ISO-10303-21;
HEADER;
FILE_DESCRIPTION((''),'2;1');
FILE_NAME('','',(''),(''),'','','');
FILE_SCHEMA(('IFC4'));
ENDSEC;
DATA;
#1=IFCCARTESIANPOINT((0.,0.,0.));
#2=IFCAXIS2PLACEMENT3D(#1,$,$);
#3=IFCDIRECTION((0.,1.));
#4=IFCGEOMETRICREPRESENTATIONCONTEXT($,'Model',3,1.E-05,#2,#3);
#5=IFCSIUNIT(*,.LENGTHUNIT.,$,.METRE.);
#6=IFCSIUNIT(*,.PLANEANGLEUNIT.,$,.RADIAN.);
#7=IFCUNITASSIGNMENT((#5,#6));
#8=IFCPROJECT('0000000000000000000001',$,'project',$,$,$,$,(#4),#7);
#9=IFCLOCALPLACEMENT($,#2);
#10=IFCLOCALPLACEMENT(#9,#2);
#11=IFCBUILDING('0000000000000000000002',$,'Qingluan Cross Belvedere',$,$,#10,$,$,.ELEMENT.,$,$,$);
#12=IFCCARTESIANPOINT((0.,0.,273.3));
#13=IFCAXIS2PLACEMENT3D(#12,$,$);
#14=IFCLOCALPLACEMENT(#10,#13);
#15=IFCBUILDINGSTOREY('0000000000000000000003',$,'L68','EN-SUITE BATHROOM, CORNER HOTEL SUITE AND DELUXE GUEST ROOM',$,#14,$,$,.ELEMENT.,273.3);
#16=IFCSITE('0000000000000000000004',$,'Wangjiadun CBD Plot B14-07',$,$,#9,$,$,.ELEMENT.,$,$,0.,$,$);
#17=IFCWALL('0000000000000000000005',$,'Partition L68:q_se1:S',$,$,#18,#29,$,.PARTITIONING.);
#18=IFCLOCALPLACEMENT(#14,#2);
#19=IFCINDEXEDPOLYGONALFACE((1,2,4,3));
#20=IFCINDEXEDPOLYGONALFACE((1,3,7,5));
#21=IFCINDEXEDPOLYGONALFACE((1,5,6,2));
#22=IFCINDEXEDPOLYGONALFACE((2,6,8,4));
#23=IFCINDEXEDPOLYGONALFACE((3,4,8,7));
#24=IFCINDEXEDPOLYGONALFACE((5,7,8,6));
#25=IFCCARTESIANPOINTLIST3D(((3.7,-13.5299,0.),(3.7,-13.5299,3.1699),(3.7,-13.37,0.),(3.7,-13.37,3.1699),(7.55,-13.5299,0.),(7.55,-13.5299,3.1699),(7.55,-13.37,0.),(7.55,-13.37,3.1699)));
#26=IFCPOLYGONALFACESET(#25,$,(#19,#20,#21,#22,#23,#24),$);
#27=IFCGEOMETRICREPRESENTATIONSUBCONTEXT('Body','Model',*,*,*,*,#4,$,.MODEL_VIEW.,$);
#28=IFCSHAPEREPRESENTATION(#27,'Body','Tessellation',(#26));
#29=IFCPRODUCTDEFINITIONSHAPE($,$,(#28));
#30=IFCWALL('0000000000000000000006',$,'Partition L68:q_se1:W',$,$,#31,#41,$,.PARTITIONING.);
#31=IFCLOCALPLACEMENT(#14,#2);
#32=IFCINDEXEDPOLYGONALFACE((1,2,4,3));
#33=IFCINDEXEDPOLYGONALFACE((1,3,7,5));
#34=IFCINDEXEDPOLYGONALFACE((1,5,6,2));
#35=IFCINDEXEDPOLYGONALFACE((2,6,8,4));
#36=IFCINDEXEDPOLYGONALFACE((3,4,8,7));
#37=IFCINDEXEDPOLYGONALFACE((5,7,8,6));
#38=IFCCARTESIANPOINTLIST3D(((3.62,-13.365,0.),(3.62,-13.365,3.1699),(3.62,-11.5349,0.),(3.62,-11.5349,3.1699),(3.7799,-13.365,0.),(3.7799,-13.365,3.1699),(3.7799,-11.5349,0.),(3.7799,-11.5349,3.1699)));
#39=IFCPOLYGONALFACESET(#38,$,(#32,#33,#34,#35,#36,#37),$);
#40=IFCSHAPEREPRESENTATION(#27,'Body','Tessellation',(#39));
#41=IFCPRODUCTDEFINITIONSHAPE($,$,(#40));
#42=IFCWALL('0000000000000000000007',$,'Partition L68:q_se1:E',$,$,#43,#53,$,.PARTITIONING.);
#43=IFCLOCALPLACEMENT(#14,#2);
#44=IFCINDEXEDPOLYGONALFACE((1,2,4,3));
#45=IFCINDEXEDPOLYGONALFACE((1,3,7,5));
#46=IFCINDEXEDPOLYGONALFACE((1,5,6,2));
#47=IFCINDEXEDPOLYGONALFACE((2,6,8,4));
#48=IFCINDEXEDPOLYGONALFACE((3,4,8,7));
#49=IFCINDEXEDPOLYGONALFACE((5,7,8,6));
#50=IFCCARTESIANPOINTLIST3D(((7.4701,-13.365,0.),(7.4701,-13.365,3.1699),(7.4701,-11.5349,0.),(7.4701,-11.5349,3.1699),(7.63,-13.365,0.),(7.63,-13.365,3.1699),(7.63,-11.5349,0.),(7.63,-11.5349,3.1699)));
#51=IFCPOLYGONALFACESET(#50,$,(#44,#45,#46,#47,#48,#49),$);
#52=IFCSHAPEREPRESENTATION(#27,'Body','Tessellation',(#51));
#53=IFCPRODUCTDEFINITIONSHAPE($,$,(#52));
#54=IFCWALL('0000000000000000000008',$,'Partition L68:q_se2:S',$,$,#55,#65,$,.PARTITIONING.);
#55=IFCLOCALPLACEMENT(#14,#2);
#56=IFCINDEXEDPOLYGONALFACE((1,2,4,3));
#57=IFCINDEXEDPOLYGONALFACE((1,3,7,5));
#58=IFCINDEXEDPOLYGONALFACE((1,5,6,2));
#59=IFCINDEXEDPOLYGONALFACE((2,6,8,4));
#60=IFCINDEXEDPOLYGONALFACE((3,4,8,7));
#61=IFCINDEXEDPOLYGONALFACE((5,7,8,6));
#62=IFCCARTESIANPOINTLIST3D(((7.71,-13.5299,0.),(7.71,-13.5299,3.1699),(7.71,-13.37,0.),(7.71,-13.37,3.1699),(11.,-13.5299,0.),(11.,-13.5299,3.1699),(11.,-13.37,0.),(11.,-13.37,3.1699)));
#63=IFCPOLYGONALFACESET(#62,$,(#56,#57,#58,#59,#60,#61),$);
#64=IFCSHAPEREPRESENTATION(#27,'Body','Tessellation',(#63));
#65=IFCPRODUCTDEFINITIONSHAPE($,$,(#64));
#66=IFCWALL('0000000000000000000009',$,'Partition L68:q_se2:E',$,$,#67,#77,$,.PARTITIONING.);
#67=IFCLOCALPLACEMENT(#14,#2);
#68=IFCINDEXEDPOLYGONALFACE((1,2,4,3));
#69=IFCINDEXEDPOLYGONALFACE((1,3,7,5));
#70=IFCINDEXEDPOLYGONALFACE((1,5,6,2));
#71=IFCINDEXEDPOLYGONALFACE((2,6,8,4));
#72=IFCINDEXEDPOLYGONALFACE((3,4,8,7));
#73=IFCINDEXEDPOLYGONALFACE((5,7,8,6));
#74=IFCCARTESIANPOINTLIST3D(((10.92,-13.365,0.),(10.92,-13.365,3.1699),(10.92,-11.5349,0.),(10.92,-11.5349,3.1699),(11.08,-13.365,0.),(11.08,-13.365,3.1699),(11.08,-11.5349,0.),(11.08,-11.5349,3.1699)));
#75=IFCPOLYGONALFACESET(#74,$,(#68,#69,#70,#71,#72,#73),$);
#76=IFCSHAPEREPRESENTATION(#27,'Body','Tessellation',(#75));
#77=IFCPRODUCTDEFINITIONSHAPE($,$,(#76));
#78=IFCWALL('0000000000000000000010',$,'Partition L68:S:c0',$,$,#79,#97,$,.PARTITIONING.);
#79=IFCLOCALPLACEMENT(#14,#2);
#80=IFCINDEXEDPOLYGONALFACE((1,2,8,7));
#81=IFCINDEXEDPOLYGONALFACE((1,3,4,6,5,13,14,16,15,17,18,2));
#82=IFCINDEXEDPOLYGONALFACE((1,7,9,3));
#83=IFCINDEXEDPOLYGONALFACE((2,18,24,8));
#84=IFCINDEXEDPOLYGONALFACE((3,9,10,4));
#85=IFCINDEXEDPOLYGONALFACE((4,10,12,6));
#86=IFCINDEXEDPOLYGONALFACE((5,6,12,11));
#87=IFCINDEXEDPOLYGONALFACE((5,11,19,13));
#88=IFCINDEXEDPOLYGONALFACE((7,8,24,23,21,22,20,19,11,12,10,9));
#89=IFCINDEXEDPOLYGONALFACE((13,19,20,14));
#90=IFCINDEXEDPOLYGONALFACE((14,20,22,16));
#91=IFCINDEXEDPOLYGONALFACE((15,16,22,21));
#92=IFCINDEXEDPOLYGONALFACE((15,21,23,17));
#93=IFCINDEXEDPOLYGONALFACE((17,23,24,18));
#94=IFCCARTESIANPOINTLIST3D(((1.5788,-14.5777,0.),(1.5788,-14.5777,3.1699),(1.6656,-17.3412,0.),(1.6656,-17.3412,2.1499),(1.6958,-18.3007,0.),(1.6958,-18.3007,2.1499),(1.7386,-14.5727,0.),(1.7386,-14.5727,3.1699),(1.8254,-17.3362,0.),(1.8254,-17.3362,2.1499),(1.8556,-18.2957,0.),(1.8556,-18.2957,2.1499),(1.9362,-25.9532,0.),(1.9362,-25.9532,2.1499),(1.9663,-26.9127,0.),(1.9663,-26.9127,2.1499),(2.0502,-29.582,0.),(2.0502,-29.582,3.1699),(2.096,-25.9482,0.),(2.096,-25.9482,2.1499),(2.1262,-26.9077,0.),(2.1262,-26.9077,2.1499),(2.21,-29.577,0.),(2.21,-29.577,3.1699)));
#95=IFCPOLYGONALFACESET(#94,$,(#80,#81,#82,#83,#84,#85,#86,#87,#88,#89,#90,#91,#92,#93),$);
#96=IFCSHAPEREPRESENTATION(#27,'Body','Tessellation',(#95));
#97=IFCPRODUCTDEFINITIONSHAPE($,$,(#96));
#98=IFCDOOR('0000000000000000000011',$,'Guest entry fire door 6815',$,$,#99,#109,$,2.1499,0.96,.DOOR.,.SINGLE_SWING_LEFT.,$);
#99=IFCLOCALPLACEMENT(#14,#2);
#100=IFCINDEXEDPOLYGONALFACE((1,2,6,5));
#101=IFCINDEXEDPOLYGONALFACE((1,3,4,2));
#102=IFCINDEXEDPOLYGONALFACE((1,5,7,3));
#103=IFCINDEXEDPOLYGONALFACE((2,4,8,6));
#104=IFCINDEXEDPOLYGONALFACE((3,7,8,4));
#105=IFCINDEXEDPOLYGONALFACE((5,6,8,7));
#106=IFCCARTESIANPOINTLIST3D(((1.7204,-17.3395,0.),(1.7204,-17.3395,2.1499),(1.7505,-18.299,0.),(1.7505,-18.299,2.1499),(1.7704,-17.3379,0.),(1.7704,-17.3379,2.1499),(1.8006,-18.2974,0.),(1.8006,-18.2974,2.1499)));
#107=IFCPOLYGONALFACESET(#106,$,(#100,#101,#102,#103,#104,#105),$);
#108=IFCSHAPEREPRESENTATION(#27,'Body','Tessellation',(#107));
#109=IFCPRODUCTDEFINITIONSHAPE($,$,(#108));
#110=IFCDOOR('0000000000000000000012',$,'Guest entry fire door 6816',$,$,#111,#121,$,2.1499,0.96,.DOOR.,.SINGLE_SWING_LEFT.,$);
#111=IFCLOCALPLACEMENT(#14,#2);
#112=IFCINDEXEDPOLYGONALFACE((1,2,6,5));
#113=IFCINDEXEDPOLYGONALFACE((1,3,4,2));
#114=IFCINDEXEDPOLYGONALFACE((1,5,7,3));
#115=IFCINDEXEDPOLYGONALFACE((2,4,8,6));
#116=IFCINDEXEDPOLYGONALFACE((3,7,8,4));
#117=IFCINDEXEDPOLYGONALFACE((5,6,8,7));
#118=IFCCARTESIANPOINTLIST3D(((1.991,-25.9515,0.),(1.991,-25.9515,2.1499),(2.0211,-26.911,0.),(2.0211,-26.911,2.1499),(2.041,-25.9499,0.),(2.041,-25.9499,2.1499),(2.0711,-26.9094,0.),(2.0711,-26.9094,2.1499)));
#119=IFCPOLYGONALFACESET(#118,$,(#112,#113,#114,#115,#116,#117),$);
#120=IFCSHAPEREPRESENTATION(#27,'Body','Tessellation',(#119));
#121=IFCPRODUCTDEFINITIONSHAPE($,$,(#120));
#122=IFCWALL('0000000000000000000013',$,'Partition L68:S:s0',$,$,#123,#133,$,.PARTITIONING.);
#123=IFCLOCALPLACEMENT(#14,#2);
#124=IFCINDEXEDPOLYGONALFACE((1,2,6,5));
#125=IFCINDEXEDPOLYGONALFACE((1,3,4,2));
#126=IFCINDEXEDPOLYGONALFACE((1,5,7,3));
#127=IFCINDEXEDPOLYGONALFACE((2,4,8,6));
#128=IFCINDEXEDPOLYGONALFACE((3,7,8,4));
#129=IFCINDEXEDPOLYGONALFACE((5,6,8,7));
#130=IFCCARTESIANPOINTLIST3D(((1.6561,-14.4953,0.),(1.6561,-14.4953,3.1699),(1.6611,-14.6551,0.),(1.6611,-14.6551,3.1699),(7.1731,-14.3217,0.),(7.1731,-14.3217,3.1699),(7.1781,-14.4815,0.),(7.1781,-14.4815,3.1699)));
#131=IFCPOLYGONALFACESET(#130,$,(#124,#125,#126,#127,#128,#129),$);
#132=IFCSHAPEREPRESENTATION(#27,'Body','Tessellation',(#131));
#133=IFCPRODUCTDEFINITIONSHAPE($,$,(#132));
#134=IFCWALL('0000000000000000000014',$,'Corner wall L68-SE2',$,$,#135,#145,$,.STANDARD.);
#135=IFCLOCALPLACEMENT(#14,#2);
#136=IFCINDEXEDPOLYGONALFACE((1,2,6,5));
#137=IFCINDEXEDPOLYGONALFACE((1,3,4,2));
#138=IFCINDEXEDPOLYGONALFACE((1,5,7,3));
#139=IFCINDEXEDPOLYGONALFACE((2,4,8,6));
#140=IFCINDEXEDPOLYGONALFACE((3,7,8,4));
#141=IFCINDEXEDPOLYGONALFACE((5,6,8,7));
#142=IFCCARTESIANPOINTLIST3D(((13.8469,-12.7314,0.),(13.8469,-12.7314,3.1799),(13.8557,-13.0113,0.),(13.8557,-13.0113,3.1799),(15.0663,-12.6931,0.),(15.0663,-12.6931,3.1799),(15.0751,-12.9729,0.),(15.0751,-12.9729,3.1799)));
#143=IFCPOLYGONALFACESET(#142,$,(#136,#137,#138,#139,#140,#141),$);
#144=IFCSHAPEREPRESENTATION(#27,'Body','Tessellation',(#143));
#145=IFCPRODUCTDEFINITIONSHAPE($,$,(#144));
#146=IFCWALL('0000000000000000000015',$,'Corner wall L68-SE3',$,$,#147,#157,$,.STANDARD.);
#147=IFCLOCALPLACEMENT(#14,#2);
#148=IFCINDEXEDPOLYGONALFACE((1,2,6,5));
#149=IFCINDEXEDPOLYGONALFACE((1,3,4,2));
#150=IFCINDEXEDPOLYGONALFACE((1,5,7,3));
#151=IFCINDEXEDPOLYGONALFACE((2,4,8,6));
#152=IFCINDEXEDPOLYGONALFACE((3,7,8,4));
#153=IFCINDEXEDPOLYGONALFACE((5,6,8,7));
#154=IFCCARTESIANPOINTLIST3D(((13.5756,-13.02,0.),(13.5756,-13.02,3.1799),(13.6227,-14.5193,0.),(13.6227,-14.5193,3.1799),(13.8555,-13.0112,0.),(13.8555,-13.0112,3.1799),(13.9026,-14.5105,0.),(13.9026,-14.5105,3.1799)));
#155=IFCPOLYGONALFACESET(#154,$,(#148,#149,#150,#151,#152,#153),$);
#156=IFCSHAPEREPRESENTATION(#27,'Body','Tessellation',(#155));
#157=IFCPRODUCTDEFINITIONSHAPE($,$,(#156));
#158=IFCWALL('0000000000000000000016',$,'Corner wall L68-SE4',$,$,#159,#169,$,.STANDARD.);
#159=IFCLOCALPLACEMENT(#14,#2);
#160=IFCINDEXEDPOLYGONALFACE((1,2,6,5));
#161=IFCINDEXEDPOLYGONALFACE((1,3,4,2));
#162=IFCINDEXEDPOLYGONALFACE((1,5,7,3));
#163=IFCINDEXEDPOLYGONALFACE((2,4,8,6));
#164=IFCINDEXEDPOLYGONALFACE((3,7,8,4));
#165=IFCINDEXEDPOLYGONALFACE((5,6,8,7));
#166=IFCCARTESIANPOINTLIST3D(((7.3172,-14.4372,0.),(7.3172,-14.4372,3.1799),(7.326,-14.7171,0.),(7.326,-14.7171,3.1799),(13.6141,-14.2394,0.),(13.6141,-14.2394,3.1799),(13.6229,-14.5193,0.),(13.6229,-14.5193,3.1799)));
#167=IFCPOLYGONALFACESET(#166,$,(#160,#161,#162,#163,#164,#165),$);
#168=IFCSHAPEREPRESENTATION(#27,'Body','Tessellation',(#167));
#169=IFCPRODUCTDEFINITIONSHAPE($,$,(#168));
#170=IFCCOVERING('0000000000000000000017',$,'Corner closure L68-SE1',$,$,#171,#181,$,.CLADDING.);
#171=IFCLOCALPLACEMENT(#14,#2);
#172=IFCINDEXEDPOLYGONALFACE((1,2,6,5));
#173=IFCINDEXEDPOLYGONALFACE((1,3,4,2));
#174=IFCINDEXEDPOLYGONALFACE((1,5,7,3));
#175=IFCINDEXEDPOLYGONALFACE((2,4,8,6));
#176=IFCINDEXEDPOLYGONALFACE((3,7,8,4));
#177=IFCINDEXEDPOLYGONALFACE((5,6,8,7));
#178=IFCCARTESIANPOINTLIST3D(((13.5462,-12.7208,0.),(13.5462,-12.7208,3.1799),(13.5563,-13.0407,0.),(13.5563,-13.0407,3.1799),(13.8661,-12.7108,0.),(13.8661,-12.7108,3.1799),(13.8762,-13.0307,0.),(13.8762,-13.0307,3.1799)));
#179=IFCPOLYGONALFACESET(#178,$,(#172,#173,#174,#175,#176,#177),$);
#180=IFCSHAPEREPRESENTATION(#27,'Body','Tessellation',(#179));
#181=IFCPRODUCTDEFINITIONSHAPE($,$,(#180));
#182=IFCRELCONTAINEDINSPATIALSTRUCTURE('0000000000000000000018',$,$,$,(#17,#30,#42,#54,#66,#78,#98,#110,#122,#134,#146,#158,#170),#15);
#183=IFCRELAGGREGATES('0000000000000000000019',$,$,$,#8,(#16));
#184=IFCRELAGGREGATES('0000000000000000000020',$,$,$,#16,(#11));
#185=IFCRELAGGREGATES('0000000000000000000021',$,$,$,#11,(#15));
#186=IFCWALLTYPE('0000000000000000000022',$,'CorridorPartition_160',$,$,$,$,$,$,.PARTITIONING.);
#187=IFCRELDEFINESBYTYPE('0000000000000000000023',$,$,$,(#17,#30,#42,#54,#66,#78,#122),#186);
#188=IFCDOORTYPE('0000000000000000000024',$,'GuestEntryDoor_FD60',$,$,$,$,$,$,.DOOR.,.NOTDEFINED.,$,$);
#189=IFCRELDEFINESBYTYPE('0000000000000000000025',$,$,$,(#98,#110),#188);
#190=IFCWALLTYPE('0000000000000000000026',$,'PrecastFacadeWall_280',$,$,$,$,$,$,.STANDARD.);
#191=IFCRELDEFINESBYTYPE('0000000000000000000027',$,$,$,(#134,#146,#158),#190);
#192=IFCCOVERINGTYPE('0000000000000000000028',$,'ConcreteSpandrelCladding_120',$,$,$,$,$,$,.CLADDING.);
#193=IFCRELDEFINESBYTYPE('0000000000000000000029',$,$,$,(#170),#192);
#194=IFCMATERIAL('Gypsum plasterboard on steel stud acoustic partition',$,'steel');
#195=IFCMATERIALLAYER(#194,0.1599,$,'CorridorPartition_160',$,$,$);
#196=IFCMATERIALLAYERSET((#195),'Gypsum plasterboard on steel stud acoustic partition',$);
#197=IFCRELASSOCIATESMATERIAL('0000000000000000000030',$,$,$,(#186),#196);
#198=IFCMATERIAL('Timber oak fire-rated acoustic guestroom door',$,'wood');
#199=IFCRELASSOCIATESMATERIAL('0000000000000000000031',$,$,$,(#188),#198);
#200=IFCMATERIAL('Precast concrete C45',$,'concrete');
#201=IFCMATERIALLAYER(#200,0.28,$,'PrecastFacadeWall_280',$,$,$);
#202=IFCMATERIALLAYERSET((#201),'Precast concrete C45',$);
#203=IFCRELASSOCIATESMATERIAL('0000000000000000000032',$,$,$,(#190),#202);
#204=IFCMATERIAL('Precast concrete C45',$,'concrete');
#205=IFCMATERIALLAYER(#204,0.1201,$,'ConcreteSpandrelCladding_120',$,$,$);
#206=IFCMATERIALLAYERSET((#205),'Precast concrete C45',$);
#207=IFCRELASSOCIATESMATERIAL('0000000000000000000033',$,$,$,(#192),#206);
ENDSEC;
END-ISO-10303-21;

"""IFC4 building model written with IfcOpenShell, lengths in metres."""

from ifc_helpers import new_model, si_unit, direction, frame, frame_2d, origin, origin_2d, place, context, subcontext, project, spatial, rectangle, extrude, material, layer, layer_set, type_object, element, fill, save


model = new_model("IFC4")

# Units and contexts
model_context = context("Model", 3, precision=1e-05, world=origin(), true_north=direction((0.0, 1.0)))
body_context = subcontext(model_context, "Body", "Model", "MODEL_VIEW")
ifc_project = project(units=[si_unit("LENGTHUNIT", "METRE"), si_unit("PLANEANGLEUNIT", "RADIAN")], contexts=[model_context])

# Site, building, storey
site_placement = place(None, origin())
site = spatial("IfcSite", under=ifc_project, at=site_placement, Name="Wangjiadun CBD Plot B14-07", CompositionType="ELEMENT", RefElevation=0.0)
building_placement = place(site_placement, origin())
building = spatial("IfcBuilding", under=site, at=building_placement, Name="Qingluan Cross Belvedere", CompositionType="ELEMENT")
storey_placement = place(building_placement, frame((0.0, 0.0, 273.3)))
storey = spatial("IfcBuildingStorey", under=building, at=storey_placement, Name="L68", Description="EN-SUITE BATHROOM, CORNER HOTEL SUITE AND DELUXE GUEST ROOM", CompositionType="ELEMENT", Elevation=273.3)

# Walls
ifc_material_1 = material(Name="Gypsum plasterboard on steel stud acoustic partition", Category="steel")
ifc_layer_1 = layer(ifc_material_1, 0.1599, Name="CorridorPartition_160")
ifc_layer_set_1 = layer_set([ifc_layer_1], Name="Gypsum plasterboard on steel stud acoustic partition")
wall_type_1 = type_object("IfcWallType", Name="CorridorPartition_160", PredefinedType="PARTITIONING", material=ifc_layer_set_1)
wall_1_placement = place(storey_placement, frame((3.7, -13.45, 0.0), z_axis=(0.0, 0.0, 1.0), x_axis=(1.0, 0.0, 0.0)))
element("IfcWall", 1, at=wall_1_placement, inside=storey, type_object=wall_type_1, Name="Partition L68:q_se1:S", PredefinedType="PARTITIONING", context=body_context, shape_type="SweptSolid", body=[
    extrude(rectangle(XDim=3.8501, YDim=0.1599, at=frame_2d((1.925, 0.0))), origin(), (0.0, 0.0, 1.0), 3.1699),
])
for number, where, z_axis, x_axis, name in (
    (2, (3.7, -13.365, 0.0), (0.0, 0.0, 1.0), (0.0, 1.0, 0.0), "Partition L68:q_se1:W"),
    (3, (7.55, -13.365, 0.0), (0.0, 0.0, 1.0), (0.0, 1.0, 0.0), "Partition L68:q_se1:E"),
):
    element("IfcWall", number, at=place(storey_placement, frame(where, z_axis=z_axis, x_axis=x_axis)), inside=storey, type_object=wall_type_1, Name=name, PredefinedType="PARTITIONING", context=body_context, shape_type="SweptSolid", body=[
        extrude(rectangle(XDim=1.8301, YDim=0.1599, at=frame_2d((0.915, 0.0))), origin(), (0.0, 0.0, 1.0), 3.1699),
    ])
wall_2_placement = place(storey_placement, frame((7.71, -13.45, 0.0), z_axis=(0.0, 0.0, 1.0), x_axis=(1.0, 0.0, 0.0)))
element("IfcWall", 4, at=wall_2_placement, inside=storey, type_object=wall_type_1, Name="Partition L68:q_se2:S", PredefinedType="PARTITIONING", context=body_context, shape_type="SweptSolid", body=[
    extrude(rectangle(XDim=3.29, YDim=0.1599, at=frame_2d((1.645, 0.0))), origin(), (0.0, 0.0, 1.0), 3.1699),
])
wall_3_placement = place(storey_placement, frame((11.0, -13.365, 0.0), z_axis=(0.0, 0.0, 1.0), x_axis=(0.0, 1.0, 0.0)))
element("IfcWall", 5, at=wall_3_placement, inside=storey, type_object=wall_type_1, Name="Partition L68:q_se2:E", PredefinedType="PARTITIONING", context=body_context, shape_type="SweptSolid", body=[
    extrude(rectangle(XDim=1.8301, YDim=0.1599, at=frame_2d((0.915, 0.0))), origin(), (0.0, 0.0, 1.0), 3.1699),
])

# Wall, openings, doors
wall_4_placement = place(storey_placement, frame((1.6587, -14.5752, 0.0), z_axis=(0.0, 0.0, 1.0), x_axis=(0.031404, -0.999507, 0.0)))
wall_4 = element("IfcWall", 6, at=wall_4_placement, inside=storey, type_object=wall_type_1, Name="Partition L68:S:c0", PredefinedType="PARTITIONING", context=body_context, shape_type="SweptSolid", body=[
    extrude(rectangle(XDim=15.0117, YDim=0.1599, at=frame_2d((7.5059, 0.0))), origin(), (0.0, 0.0, 1.0), 3.1699),
])
opening_1_placement = place(wall_4_placement, frame((2.7649, 0.0, 0.0)))
opening_1 = element("IfcOpeningElement", 7, at=opening_1_placement, cuts=wall_4, PredefinedType="OPENING", context=body_context, shape_type="SweptSolid", body=[
    extrude(rectangle(XDim=0.96, YDim=2.1499, at=frame_2d((0.48, 1.075))), frame((0.0, 0.0898, 0.0), z_axis=(0.0, -1.0, 0.0), x_axis=(1.0, 0.0, 0.0)), (0.0, 0.0, 1.0), 0.1799),
])
opening_2_placement = place(wall_4_placement, frame((11.3811, 0.0, 0.0)))
opening_2 = element("IfcOpeningElement", 8, at=opening_2_placement, cuts=wall_4, PredefinedType="OPENING", context=body_context, shape_type="SweptSolid", body=[
    extrude(rectangle(XDim=0.96, YDim=2.1499, at=frame_2d((0.48, 1.075))), frame((0.0, 0.0898, 0.0), z_axis=(0.0, -1.0, 0.0), x_axis=(1.0, 0.0, 0.0)), (0.0, 0.0, 1.0), 0.1799),
])
ifc_material_2 = material(Name="Timber oak fire-rated acoustic guestroom door", Category="wood")
door_type = type_object("IfcDoorType", Name="GuestEntryDoor_FD60", OperationType="NOTDEFINED", PredefinedType="DOOR", material=ifc_material_2)
door_1_placement = place(opening_1_placement, origin())
door_1 = element("IfcDoor", 9, at=door_1_placement, inside=storey, type_object=door_type, Name="Guest entry fire door 6815", OperationType="SINGLE_SWING_LEFT", OverallHeight=2.1499, OverallWidth=0.96, PredefinedType="DOOR", context=body_context, shape_type="SweptSolid", body=[
    extrude(rectangle(XDim=0.96, YDim=2.1499, at=frame_2d((0.48, 1.075))), frame((0.0, 0.0249, 0.0), z_axis=(0.0, -1.0, 0.0), x_axis=(1.0, 0.0, 0.0)), (0.0, 0.0, 1.0), 0.05),
])
fill(opening_1, door_1)
door_2_placement = place(opening_2_placement, origin())
door_2 = element("IfcDoor", 10, at=door_2_placement, inside=storey, type_object=door_type, Name="Guest entry fire door 6816", OperationType="SINGLE_SWING_LEFT", OverallHeight=2.1499, OverallWidth=0.96, PredefinedType="DOOR", context=body_context, shape_type="SweptSolid", body=[
    extrude(rectangle(XDim=0.96, YDim=2.1499, at=frame_2d((0.48, 1.075))), frame((0.0, 0.0249, 0.0), z_axis=(0.0, -1.0, 0.0), x_axis=(1.0, 0.0, 0.0)), (0.0, 0.0, 1.0), 0.05),
])
fill(opening_2, door_2)

# Walls
wall_5_placement = place(storey_placement, frame((1.6587, -14.5752, 0.0), z_axis=(0.0, 0.0, 1.0), x_axis=(0.999505, 0.031447, 0.0)))
element("IfcWall", 11, at=wall_5_placement, inside=storey, type_object=wall_type_1, Name="Partition L68:S:s0", PredefinedType="PARTITIONING", context=body_context, shape_type="SweptSolid", body=[
    extrude(rectangle(XDim=5.5198, YDim=0.1599, at=frame_2d((2.7598, 0.0))), origin(), (0.0, 0.0, 1.0), 3.1699),
])
ifc_material_3 = material(Name="Precast concrete C45", Category="concrete")
ifc_layer_2 = layer(ifc_material_3, 0.28, Name="PrecastFacadeWall_280")
ifc_layer_set_2 = layer_set([ifc_layer_2], Name="Precast concrete C45")
wall_type_2 = type_object("IfcWallType", Name="PrecastFacadeWall_280", PredefinedType="STANDARD", material=ifc_layer_set_2)
wall_6_placement = place(storey_placement, frame((15.0706, -12.833, 0.0), z_axis=(0.0, 0.0, 1.0), x_axis=(-0.999506, -0.031416, 0.0)))
element("IfcWall", 12, at=wall_6_placement, inside=storey, type_object=wall_type_2, Name="Corner wall L68-SE2", PredefinedType="STANDARD", context=body_context, shape_type="SweptSolid", body=[
    extrude(rectangle(XDim=1.22, YDim=0.28, at=frame_2d((0.6099, 0.0))), origin(), (0.0, 0.0, 1.0), 3.1799),
])
wall_7_placement = place(storey_placement, frame((13.7156, -13.0156, 0.0), z_axis=(0.0, 0.0, 1.0), x_axis=(0.031413, -0.999507, 0.0)))
element("IfcWall", 13, at=wall_7_placement, inside=storey, type_object=wall_type_2, Name="Corner wall L68-SE3", PredefinedType="STANDARD", context=body_context, shape_type="SweptSolid", body=[
    extrude(rectangle(XDim=1.5, YDim=0.28, at=frame_2d((0.75, 0.0))), origin(), (0.0, 0.0, 1.0), 3.1799),
])
wall_8_placement = place(storey_placement, frame((13.6184, -14.3794, 0.0), z_axis=(0.0, 0.0, 1.0), x_axis=(-0.999507, -0.03139, 0.0)))
element("IfcWall", 14, at=wall_8_placement, inside=storey, type_object=wall_type_2, Name="Corner wall L68-SE4", PredefinedType="STANDARD", context=body_context, shape_type="SweptSolid", body=[
    extrude(rectangle(XDim=6.3, YDim=0.28, at=frame_2d((3.1499, 0.0))), origin(), (0.0, 0.0, 1.0), 3.1799),
])

# Covering
ifc_material_4 = material(Name="Precast concrete C45", Category="concrete")
ifc_layer_3 = layer(ifc_material_4, 0.1201, Name="ConcreteSpandrelCladding_120")
ifc_layer_set_3 = layer_set([ifc_layer_3], Name="Precast concrete C45")
covering_type = type_object("IfcCoveringType", Name="ConcreteSpandrelCladding_120", PredefinedType="CLADDING", material=ifc_layer_set_3)
covering_placement = place(storey_placement, frame((13.7112, -12.8757, 0.0), z_axis=(0.0, 0.0, 1.0), x_axis=(0.999507, 0.031411, 0.0)))
element("IfcCovering", 15, at=covering_placement, inside=storey, type_object=covering_type, Name="Corner closure L68-SE1", PredefinedType="CLADDING", context=body_context, shape_type="SweptSolid", body=[
    extrude(rectangle(XDim=0.3201, YDim=0.3201, at=origin_2d()), origin(), (0.0, 0.0, 1.0), 3.1799),
])

save(model, "model.ifc")
